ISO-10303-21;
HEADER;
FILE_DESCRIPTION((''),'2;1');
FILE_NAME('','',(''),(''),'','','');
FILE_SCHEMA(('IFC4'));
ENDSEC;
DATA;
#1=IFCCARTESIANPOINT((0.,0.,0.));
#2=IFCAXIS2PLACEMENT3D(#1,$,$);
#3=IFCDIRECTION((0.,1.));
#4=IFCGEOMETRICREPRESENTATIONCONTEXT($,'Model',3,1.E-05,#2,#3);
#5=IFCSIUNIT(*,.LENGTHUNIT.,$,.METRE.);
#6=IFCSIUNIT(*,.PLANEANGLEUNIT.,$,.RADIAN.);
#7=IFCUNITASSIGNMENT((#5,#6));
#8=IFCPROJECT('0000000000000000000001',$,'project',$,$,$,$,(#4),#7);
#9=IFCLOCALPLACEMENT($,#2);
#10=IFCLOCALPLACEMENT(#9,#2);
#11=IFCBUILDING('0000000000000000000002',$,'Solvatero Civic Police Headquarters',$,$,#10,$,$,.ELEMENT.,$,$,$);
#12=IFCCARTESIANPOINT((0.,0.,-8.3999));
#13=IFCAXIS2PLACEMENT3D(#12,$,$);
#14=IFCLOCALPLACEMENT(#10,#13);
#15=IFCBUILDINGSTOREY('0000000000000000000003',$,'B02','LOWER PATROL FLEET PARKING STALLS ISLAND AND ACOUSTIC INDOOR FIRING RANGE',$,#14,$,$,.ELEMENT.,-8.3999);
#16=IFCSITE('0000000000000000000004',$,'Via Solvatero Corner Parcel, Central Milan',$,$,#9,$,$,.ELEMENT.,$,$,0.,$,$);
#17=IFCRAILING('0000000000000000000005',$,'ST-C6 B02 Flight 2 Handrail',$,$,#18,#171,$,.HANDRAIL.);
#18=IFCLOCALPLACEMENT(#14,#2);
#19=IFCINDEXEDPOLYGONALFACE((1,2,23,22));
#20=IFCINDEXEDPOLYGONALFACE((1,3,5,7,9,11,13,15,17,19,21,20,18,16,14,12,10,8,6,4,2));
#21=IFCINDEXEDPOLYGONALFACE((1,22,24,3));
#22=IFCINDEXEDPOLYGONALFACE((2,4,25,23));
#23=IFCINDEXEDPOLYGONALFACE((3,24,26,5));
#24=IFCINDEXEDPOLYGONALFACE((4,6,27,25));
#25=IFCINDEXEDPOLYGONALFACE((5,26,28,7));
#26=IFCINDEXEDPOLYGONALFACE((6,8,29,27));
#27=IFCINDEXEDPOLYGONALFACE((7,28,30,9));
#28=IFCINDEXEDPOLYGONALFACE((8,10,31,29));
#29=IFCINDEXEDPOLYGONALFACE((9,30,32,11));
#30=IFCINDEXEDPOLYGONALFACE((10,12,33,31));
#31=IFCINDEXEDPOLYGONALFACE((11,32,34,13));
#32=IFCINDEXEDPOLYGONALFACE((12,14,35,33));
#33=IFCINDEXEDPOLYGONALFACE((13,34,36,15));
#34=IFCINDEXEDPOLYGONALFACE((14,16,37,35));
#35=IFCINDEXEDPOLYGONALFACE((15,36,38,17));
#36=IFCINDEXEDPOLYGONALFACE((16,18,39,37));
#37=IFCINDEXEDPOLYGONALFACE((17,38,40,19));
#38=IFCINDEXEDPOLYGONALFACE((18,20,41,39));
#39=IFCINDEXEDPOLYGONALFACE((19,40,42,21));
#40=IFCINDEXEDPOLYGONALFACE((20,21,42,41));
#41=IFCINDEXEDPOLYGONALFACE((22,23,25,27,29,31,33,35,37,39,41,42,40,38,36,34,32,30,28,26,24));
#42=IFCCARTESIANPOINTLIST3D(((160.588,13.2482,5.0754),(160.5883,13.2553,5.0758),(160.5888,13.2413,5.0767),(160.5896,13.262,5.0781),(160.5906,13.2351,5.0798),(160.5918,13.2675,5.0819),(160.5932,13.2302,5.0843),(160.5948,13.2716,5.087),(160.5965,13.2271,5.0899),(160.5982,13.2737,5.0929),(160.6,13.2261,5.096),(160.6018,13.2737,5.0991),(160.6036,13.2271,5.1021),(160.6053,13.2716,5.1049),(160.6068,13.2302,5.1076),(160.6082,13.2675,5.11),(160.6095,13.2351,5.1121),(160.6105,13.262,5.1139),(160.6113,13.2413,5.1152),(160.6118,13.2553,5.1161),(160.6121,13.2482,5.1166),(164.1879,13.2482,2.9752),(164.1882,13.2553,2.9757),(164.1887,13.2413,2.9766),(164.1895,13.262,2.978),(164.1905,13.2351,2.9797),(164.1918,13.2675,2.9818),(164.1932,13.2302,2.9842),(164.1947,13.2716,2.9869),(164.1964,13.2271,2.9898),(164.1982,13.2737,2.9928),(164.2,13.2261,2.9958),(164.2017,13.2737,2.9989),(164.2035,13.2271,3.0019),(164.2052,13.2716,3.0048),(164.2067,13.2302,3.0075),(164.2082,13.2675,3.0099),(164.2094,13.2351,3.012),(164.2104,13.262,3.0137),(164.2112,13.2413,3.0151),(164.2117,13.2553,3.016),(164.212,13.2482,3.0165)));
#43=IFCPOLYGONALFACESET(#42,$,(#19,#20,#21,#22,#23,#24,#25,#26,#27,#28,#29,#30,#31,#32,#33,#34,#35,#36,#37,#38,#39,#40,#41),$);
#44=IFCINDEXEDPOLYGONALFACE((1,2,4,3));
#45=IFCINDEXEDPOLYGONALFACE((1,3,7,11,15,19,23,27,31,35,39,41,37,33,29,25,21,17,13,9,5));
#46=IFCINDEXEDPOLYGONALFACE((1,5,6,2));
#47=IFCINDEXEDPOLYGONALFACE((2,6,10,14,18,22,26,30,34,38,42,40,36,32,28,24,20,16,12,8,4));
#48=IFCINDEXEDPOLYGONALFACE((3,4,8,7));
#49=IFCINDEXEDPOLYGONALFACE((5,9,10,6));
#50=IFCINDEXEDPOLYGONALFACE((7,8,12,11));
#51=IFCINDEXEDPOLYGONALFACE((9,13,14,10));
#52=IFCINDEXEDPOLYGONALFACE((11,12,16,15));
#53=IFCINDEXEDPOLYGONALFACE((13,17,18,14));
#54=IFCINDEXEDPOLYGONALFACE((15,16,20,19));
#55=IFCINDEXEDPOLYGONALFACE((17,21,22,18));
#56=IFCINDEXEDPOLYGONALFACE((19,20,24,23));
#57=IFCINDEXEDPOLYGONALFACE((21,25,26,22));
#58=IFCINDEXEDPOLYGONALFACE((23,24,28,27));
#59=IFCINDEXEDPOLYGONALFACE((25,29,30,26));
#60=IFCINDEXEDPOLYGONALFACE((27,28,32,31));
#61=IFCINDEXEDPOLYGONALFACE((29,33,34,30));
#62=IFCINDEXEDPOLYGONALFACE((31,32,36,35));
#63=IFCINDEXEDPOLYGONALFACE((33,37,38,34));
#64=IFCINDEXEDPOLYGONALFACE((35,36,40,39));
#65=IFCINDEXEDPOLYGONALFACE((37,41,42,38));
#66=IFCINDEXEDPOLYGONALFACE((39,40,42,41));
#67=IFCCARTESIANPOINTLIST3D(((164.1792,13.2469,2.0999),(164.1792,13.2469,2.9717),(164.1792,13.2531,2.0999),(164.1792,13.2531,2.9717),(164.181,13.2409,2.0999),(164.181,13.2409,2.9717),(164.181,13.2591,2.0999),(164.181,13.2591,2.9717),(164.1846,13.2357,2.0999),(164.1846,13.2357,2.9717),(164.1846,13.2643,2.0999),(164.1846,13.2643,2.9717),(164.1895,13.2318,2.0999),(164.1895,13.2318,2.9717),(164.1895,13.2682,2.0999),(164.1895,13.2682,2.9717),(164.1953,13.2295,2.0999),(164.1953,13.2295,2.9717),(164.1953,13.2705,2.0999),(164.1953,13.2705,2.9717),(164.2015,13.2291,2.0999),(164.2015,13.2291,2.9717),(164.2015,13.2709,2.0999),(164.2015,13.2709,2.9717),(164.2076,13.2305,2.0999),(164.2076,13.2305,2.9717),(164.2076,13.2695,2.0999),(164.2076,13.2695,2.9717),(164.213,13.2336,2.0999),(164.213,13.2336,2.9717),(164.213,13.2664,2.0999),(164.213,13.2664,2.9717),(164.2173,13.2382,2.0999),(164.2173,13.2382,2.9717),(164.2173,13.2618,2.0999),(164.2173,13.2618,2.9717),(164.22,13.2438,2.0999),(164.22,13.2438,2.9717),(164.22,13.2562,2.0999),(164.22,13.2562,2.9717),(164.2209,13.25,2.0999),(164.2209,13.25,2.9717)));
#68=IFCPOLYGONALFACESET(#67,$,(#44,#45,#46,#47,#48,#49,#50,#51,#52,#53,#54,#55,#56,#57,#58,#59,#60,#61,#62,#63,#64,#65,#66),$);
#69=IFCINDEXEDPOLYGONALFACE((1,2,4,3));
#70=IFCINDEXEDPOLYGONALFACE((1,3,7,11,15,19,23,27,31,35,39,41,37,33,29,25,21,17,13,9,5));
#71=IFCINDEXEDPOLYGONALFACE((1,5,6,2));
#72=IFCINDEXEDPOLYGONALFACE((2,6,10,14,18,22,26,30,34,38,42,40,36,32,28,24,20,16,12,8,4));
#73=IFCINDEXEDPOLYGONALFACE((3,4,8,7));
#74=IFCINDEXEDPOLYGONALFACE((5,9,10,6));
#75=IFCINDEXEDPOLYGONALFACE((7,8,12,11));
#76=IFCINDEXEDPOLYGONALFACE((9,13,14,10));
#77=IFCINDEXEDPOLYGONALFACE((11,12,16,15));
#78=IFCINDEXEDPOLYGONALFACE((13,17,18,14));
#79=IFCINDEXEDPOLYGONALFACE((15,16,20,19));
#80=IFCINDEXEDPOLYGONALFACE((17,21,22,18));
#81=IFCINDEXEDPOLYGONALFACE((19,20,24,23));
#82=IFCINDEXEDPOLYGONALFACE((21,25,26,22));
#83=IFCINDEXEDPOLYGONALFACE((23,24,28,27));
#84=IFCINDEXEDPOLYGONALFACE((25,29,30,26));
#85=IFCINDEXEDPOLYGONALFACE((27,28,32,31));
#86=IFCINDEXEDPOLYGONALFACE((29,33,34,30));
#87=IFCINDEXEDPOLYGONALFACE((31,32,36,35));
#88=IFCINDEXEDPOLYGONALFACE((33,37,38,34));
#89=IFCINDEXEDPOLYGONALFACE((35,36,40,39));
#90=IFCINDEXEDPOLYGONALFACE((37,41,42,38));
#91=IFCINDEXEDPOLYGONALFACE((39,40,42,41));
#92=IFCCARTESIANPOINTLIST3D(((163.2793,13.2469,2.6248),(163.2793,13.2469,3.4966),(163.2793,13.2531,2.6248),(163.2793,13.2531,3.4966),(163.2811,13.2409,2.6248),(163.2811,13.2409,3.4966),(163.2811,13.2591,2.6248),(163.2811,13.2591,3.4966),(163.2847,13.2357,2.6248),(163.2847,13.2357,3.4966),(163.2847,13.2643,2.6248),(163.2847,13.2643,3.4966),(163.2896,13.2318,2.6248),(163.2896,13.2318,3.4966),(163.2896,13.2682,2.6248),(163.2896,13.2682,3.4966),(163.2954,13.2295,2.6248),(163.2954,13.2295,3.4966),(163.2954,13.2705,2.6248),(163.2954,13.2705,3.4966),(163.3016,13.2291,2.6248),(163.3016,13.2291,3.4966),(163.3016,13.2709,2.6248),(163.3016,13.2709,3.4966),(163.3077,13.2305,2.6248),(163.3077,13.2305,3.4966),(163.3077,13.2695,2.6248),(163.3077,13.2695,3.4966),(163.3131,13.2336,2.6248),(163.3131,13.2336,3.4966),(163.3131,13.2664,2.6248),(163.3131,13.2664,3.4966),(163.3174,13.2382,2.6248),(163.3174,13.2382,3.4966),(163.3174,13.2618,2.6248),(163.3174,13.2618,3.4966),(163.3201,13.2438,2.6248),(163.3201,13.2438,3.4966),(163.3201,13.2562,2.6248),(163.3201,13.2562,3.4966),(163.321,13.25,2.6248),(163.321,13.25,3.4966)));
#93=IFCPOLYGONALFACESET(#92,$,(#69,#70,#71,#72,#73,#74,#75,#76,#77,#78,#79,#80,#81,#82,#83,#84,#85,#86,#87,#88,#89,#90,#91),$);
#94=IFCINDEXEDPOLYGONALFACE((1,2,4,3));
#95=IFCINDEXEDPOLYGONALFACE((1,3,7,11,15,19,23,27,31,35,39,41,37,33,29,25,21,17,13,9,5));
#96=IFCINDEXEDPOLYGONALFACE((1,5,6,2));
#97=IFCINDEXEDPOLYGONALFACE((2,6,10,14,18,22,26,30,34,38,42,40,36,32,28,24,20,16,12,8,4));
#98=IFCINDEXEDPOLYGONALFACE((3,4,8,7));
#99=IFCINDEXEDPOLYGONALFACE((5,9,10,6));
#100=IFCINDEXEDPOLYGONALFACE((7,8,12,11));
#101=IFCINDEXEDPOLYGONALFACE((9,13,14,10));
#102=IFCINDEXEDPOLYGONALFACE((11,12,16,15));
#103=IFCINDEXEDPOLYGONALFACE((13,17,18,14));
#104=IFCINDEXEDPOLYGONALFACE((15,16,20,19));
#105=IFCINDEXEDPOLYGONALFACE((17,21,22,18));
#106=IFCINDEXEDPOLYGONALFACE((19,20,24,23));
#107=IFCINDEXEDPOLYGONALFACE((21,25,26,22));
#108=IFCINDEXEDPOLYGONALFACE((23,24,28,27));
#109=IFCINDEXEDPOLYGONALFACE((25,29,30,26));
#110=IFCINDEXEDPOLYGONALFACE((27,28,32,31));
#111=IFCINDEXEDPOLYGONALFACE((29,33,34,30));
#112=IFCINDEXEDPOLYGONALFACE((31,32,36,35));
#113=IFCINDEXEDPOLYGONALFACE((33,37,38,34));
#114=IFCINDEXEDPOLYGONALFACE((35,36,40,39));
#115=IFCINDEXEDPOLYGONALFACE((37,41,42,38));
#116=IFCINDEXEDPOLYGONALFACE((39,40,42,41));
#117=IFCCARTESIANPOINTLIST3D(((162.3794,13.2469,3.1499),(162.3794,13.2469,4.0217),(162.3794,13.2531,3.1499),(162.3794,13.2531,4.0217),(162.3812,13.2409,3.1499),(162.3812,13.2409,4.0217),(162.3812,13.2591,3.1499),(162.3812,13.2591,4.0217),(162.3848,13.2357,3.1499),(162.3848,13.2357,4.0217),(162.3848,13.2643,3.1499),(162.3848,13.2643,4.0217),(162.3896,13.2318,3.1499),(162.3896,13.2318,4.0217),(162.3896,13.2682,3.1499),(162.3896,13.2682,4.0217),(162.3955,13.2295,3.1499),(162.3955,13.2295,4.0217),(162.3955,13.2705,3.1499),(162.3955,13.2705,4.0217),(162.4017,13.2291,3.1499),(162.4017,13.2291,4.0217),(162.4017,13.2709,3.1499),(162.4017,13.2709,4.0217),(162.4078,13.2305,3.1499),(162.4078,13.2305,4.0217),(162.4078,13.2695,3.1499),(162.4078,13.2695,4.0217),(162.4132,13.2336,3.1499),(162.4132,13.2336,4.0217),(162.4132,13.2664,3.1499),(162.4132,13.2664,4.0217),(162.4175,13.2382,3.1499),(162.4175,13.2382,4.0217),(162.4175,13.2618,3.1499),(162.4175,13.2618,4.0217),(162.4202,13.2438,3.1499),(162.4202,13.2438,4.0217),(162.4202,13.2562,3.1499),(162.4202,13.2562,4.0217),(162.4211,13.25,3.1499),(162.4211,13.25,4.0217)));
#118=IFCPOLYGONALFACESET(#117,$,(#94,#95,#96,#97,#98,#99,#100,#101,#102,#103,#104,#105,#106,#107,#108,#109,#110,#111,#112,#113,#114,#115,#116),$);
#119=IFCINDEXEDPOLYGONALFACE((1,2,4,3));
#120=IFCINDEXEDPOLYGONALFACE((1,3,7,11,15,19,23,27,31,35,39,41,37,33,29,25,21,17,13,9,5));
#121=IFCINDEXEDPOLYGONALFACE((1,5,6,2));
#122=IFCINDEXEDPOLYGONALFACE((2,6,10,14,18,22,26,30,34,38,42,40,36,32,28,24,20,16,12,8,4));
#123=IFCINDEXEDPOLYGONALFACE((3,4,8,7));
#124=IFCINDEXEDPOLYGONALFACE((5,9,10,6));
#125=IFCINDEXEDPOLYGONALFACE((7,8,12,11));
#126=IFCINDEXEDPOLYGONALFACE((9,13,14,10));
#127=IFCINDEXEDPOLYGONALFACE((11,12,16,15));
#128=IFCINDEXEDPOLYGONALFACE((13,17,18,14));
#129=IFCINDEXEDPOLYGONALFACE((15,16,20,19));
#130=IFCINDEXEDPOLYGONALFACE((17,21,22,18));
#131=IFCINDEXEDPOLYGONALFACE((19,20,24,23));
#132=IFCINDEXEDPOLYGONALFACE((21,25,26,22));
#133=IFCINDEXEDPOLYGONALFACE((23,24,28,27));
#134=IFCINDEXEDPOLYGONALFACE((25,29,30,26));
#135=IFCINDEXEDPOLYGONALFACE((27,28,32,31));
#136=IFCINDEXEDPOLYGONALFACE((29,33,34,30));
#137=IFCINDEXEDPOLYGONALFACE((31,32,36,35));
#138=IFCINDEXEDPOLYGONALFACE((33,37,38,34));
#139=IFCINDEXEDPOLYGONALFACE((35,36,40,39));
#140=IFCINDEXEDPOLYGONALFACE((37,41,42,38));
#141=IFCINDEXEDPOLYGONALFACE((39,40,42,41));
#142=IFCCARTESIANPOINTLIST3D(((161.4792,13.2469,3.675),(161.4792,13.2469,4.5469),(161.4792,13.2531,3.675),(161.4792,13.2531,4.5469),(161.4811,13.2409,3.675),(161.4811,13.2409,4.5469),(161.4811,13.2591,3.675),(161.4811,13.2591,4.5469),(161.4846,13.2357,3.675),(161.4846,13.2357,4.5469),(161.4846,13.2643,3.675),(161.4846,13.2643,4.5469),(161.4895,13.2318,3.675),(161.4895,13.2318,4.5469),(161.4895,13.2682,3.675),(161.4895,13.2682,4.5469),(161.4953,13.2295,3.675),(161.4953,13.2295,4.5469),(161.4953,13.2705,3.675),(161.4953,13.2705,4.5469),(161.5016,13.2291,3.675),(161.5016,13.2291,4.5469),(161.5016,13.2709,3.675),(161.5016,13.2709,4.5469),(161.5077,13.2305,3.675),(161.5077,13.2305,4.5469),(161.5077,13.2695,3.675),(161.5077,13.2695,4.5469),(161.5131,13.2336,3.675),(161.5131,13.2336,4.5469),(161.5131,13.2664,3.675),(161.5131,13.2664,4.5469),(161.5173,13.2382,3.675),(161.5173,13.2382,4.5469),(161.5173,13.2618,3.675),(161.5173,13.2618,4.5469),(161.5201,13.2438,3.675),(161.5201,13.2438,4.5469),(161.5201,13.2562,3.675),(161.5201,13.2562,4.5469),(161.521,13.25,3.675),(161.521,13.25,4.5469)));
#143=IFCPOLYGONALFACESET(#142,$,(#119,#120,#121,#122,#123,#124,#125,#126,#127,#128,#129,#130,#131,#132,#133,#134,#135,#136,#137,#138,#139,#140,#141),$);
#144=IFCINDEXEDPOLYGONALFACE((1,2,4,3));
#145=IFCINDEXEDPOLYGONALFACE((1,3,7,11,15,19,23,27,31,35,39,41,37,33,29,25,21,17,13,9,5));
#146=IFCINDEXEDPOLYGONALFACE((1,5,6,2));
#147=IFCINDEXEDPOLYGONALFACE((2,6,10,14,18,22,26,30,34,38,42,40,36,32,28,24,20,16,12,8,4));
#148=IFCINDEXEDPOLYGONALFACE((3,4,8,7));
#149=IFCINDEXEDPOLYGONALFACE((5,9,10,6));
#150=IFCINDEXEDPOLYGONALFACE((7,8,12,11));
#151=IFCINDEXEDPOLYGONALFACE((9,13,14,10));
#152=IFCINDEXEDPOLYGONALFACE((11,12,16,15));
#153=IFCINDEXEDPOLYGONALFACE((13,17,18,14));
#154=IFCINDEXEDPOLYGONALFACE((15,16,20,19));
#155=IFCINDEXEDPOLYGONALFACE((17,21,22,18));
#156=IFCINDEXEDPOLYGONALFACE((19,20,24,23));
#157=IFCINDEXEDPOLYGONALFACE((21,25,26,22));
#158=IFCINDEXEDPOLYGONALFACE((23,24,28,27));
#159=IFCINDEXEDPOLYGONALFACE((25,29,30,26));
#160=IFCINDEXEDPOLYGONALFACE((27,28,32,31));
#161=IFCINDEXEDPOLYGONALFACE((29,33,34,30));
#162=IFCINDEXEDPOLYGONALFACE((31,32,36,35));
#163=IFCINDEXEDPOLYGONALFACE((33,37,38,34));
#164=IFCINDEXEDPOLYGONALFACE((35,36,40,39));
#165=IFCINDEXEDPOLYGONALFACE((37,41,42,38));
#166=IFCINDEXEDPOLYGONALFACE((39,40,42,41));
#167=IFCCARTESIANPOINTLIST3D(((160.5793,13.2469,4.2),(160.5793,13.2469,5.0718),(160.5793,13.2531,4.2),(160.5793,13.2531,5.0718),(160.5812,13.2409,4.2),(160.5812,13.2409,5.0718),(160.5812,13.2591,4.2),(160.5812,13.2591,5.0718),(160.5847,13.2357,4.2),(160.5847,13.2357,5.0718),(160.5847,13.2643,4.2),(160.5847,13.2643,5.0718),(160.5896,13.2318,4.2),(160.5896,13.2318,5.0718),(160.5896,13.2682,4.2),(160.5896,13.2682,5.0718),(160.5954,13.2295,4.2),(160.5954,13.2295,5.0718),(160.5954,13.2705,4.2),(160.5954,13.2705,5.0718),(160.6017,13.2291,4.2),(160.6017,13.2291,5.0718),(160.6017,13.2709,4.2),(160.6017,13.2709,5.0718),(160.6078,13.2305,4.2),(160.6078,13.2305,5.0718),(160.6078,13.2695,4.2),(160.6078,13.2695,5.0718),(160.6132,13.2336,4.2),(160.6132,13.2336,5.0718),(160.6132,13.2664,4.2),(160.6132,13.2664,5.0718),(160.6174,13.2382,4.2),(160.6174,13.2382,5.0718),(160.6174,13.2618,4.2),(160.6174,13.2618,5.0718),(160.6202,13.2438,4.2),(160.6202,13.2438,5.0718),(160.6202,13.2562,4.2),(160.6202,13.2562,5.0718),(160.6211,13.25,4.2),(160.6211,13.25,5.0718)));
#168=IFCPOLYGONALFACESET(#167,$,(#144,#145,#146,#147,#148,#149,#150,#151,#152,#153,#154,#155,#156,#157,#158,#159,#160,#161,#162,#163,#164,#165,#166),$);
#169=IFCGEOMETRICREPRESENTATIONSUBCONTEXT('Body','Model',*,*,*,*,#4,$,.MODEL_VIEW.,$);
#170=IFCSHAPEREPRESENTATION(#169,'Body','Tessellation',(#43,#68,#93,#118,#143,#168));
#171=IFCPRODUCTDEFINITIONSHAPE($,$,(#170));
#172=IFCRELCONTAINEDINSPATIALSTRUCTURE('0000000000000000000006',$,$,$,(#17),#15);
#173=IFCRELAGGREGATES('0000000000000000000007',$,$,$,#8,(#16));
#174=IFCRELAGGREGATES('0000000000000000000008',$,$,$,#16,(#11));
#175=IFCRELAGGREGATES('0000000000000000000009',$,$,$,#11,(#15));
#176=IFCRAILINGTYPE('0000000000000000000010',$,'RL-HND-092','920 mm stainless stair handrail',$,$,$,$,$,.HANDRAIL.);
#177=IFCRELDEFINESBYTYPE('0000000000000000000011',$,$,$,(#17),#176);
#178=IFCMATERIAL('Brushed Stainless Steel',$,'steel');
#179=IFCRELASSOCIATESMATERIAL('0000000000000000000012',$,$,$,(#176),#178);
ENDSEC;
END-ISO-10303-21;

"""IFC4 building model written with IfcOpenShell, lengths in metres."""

from ifc_helpers import new_model, si_unit, direction, frame, origin, origin_2d, place, context, subcontext, project, spatial, circle, extrude, material, type_object, element, save


model = new_model("IFC4")

# Units and contexts
model_context = context("Model", 3, precision=1e-05, world=origin(), true_north=direction((0.0, 1.0)))
body_context = subcontext(model_context, "Body", "Model", "MODEL_VIEW")
ifc_project = project(units=[si_unit("LENGTHUNIT", "METRE"), si_unit("PLANEANGLEUNIT", "RADIAN")], contexts=[model_context])

# Site, building, storey
site_placement = place(None, origin())
site = spatial("IfcSite", under=ifc_project, at=site_placement, Name="Via Solvatero Corner Parcel, Central Milan", CompositionType="ELEMENT", RefElevation=0.0)
building_placement = place(site_placement, origin())
building = spatial("IfcBuilding", under=site, at=building_placement, Name="Solvatero Civic Police Headquarters", CompositionType="ELEMENT")
storey_placement = place(building_placement, frame((0.0, 0.0, -8.3999)))
storey = spatial("IfcBuildingStorey", under=building, at=storey_placement, Name="B02", Description="LOWER PATROL FLEET PARKING STALLS ISLAND AND ACOUSTIC INDOOR FIRING RANGE", CompositionType="ELEMENT", Elevation=-8.3999)

# Railing
ifc_material_1 = material(Name="Brushed Stainless Steel", Category="steel")
railing_type_1 = type_object("IfcRailingType", Name="RL-HND-092", Description="920 mm stainless stair handrail", PredefinedType="HANDRAIL", material=ifc_material_1)
railing_1_placement = place(storey_placement, frame((164.2, 13.25, 2.0999)))
element("IfcRailing", 1, at=railing_1_placement, inside=storey, type_object=railing_type_1, Name="ST-C6 B02 Flight 2 Handrail", PredefinedType="HANDRAIL", context=body_context, shape_type="SweptSolid", body=[
    extrude(circle(Radius=0.0239, at=origin_2d()), frame((0.0, 0.0, 0.896), z_axis=(-0.86376, 0.0, 0.503904), x_axis=(0.0, -1.0, 0.0)), (0.0, 0.0, 1.0), 4.1677),
    extrude(circle(Radius=0.021, at=origin_2d()), origin(), (0.0, 0.0, 1.0), 0.8718),
    extrude(circle(Radius=0.021, at=origin_2d()), frame((-0.8999, 0.0, 0.5249)), (0.0, 0.0, 1.0), 0.8718),
    extrude(circle(Radius=0.021, at=origin_2d()), frame((-1.7998, 0.0, 1.05)), (0.0, 0.0, 1.0), 0.8718),
    extrude(circle(Radius=0.021, at=origin_2d()), frame((-2.7, 0.0, 1.5752)), (0.0, 0.0, 1.0), 0.8718),
    extrude(circle(Radius=0.021, at=origin_2d()), frame((-3.5999, 0.0, 2.1001)), (0.0, 0.0, 1.0), 0.8718),
])

save(model, "model.ifc")
